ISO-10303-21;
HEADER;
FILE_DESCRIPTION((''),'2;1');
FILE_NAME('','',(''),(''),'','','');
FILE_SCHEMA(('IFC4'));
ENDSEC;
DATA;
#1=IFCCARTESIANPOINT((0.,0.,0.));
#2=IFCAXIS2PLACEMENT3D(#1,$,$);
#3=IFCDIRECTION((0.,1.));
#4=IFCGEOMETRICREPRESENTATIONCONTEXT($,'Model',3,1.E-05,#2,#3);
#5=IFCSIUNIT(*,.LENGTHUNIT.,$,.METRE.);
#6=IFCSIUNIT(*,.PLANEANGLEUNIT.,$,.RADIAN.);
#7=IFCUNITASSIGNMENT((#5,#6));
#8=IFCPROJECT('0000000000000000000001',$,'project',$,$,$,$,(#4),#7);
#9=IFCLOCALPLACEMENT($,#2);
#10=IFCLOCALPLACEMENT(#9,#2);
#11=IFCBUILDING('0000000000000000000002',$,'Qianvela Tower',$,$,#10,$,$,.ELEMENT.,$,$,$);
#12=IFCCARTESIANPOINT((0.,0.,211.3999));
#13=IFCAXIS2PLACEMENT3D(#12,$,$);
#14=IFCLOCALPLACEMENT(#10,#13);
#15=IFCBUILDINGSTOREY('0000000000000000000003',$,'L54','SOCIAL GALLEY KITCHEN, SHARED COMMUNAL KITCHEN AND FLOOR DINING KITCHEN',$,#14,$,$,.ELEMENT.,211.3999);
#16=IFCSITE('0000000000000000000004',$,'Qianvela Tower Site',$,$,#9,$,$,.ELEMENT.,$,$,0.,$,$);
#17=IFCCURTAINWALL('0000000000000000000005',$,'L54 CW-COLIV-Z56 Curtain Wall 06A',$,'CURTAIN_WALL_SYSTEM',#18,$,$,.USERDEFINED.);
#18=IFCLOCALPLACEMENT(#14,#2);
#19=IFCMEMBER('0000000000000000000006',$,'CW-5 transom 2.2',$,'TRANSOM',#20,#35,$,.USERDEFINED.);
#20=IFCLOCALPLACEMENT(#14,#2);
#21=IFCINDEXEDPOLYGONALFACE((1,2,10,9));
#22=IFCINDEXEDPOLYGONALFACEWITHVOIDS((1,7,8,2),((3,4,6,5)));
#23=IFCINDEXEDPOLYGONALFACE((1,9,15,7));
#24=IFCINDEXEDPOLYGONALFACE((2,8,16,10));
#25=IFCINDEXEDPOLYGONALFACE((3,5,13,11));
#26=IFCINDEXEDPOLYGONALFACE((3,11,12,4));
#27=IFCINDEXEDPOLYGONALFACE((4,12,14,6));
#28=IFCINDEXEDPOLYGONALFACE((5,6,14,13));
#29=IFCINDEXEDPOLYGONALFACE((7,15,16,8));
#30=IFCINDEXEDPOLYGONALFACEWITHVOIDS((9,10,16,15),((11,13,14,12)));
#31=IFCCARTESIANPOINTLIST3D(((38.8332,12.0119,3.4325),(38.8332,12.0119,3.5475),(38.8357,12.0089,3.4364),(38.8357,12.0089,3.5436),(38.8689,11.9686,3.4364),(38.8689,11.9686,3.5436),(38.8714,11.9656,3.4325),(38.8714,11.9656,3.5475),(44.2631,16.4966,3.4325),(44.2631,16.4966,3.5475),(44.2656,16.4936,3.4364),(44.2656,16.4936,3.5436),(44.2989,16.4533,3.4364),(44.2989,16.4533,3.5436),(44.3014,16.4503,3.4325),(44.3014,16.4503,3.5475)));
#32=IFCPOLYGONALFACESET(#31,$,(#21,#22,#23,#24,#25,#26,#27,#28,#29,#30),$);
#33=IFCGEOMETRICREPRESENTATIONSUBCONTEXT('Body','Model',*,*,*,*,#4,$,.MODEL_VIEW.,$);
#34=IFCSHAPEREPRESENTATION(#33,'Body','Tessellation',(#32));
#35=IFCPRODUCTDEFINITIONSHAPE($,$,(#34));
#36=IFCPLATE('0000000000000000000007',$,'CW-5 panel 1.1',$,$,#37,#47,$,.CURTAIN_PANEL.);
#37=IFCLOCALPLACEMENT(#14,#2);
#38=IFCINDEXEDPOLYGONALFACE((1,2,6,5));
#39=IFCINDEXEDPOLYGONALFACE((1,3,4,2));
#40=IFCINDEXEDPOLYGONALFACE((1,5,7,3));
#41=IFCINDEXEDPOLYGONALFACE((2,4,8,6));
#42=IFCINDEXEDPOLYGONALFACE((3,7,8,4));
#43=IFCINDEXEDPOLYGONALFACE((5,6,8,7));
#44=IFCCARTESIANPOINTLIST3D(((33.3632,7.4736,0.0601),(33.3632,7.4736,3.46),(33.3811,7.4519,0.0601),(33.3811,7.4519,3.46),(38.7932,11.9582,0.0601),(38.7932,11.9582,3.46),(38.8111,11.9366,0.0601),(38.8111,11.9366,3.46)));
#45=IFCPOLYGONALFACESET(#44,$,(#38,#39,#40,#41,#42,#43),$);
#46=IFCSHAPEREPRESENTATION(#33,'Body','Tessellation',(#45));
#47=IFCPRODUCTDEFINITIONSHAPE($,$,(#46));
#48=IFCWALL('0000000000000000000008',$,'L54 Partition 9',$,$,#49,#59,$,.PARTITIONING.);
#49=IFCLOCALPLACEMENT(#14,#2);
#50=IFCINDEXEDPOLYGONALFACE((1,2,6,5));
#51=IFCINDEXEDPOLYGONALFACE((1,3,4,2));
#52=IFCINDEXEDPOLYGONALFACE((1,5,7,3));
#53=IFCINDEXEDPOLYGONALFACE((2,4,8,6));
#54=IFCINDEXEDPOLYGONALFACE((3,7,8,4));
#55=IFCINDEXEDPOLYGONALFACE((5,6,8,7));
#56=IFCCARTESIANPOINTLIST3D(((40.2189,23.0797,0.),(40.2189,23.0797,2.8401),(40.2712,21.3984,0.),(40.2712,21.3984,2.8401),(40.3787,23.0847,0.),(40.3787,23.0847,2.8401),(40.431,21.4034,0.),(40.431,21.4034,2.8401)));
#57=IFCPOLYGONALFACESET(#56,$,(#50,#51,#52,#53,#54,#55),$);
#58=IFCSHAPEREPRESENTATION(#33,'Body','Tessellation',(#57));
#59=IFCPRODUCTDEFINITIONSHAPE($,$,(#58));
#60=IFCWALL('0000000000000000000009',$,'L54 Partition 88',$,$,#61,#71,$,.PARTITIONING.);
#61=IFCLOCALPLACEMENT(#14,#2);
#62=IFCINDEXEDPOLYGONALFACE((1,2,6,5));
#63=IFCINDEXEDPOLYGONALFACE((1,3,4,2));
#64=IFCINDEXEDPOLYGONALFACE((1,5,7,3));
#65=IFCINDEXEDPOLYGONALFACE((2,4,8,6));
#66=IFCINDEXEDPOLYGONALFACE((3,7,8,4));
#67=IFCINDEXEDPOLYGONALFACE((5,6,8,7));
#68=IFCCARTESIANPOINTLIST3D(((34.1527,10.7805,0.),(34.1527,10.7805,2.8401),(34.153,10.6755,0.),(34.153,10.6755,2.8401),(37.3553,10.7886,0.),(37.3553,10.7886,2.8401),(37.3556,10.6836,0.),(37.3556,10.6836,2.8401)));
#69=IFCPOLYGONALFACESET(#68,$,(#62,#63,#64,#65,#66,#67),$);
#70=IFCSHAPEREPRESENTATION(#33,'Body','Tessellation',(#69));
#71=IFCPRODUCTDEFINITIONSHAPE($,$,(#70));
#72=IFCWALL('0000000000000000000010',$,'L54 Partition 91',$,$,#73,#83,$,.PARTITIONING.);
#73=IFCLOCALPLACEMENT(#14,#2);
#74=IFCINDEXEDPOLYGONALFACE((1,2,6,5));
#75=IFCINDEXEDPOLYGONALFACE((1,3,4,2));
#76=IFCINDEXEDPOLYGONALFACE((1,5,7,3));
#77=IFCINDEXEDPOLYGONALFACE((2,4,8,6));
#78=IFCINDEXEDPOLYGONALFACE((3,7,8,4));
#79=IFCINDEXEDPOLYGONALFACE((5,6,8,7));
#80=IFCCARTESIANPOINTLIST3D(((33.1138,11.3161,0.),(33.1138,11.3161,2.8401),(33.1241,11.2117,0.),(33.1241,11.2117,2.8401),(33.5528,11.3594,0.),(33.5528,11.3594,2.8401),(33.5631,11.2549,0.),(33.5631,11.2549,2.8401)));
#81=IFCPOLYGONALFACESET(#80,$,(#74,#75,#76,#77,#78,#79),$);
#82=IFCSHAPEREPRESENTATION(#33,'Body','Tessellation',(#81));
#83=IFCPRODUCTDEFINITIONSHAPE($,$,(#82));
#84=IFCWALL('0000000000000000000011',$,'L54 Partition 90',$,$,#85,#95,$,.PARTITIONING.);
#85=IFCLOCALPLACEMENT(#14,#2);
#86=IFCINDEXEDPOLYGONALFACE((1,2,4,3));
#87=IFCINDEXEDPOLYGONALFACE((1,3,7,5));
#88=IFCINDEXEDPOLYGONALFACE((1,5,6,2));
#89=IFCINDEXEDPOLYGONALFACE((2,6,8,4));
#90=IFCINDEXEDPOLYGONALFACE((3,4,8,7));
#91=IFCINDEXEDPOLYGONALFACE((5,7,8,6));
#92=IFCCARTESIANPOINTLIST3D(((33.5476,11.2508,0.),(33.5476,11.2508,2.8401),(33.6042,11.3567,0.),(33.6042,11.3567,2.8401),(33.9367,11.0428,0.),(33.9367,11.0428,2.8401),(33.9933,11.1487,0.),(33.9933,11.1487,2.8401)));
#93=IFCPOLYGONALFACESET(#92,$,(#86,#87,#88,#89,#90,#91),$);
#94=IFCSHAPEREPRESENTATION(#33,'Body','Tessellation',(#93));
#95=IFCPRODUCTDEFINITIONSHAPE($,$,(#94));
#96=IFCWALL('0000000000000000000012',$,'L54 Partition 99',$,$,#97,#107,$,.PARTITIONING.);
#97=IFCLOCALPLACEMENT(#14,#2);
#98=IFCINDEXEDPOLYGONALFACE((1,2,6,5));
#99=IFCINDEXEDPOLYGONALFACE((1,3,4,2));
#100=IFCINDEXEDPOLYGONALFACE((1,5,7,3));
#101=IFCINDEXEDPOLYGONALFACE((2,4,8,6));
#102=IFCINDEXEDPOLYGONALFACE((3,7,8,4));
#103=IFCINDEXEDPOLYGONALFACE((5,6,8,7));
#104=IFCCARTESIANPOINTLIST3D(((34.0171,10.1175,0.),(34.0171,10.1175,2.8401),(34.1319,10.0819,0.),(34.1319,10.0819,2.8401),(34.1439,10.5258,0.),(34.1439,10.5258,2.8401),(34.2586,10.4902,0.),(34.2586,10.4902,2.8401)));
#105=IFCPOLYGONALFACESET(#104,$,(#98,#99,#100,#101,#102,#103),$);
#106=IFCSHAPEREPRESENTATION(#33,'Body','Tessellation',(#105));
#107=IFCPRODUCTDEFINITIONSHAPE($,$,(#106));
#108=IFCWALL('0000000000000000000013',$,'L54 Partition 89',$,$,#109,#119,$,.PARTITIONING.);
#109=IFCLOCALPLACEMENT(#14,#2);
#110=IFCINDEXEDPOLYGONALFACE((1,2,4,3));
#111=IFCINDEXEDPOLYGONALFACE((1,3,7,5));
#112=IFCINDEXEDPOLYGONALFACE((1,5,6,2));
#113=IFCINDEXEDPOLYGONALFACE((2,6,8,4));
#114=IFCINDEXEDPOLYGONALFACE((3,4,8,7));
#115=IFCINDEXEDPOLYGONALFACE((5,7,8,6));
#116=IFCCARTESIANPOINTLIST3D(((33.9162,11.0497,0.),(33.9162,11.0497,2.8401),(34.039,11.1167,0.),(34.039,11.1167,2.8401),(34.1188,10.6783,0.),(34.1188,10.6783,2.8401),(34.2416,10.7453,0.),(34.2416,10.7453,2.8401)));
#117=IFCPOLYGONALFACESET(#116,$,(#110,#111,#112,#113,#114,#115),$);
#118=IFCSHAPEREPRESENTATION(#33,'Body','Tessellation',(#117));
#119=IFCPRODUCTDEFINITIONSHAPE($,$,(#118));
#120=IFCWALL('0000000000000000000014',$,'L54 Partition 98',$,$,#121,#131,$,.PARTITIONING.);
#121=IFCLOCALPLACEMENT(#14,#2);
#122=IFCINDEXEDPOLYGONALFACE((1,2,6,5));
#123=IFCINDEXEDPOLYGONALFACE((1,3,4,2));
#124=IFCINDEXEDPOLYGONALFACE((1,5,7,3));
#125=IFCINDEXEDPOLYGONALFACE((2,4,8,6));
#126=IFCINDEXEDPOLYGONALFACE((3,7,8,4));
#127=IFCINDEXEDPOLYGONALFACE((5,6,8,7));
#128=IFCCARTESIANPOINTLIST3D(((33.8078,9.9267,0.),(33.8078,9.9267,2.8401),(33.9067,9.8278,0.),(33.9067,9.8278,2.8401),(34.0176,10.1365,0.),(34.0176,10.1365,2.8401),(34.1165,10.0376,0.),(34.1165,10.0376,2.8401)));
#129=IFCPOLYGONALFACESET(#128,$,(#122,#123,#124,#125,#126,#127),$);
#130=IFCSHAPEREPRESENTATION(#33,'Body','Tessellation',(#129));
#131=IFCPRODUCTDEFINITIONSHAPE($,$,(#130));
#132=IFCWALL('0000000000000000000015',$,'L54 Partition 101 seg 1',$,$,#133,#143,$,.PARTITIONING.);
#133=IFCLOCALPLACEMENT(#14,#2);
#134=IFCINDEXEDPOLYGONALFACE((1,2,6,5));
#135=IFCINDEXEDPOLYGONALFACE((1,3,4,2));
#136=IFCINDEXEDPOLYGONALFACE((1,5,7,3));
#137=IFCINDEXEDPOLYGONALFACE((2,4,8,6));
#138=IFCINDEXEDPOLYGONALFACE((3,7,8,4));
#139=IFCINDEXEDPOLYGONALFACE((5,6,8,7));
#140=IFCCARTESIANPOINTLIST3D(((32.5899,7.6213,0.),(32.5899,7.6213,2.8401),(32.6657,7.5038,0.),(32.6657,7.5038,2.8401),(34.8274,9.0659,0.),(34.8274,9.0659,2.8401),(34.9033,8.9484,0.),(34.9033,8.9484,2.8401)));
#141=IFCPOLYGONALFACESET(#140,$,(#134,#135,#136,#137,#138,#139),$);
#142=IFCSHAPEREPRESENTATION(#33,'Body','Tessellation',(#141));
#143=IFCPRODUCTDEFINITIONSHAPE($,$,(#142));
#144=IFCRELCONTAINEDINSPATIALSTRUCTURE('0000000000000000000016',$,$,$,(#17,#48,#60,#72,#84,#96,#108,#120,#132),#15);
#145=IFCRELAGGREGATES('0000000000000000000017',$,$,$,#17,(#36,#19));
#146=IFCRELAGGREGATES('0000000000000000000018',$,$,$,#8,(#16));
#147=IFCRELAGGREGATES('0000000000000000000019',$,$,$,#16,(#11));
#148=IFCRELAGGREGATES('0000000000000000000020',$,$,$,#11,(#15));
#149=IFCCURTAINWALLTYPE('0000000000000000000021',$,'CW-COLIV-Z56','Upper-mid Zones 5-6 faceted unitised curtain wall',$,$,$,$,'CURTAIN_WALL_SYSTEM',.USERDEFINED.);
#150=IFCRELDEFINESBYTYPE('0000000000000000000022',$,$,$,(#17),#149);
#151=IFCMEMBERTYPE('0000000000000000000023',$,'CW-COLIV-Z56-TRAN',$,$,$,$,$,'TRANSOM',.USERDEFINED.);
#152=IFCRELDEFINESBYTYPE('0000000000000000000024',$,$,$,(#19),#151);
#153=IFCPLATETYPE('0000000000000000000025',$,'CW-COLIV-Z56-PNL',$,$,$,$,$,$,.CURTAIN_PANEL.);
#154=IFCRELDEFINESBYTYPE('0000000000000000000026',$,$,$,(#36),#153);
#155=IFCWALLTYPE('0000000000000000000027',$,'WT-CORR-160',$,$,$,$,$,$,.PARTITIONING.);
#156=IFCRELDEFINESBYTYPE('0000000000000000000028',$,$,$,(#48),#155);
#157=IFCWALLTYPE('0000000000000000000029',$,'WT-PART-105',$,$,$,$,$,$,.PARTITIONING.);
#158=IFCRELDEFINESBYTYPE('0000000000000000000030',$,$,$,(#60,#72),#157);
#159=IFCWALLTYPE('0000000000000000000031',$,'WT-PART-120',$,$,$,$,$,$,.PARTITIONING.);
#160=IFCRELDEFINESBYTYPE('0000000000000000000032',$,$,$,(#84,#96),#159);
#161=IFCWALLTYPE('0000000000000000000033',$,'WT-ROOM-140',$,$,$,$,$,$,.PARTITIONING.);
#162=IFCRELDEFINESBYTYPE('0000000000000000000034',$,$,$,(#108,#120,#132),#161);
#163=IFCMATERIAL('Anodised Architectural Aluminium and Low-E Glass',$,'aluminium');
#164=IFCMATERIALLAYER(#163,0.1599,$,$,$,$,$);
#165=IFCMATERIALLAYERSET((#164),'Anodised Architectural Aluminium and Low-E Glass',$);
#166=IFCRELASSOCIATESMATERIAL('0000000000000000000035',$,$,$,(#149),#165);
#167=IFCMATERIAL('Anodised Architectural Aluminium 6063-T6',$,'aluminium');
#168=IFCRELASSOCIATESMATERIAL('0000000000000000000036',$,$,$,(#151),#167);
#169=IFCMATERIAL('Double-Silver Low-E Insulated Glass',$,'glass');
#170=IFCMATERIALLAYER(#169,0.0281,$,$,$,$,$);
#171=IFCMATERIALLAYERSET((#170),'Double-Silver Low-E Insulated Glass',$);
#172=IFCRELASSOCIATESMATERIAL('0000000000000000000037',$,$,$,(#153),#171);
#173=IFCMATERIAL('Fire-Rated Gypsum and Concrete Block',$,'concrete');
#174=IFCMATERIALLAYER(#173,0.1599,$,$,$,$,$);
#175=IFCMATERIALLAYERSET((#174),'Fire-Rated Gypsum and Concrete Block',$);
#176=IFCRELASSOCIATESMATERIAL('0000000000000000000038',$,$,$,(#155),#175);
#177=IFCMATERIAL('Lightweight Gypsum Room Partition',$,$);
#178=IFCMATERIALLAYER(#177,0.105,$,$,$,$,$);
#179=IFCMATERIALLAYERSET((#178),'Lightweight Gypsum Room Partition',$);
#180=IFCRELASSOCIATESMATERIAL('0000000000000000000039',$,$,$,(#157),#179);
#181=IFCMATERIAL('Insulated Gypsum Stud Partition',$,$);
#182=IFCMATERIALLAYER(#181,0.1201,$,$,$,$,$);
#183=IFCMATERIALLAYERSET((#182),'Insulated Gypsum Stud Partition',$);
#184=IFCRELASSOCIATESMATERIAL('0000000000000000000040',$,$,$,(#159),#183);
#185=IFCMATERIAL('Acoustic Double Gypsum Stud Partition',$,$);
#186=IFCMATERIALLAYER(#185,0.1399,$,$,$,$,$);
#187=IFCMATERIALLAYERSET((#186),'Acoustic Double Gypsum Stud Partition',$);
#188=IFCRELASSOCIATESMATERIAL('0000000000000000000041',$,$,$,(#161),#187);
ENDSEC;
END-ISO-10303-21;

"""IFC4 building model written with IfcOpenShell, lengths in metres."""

from ifc_helpers import new_model, si_unit, direction, frame, frame_2d, origin, origin_2d, place, context, subcontext, project, spatial, rectangle, hollow_rectangle, extrude, material, layer, layer_set, material_profile, profile_set, type_object, element, aggregate, save


model = new_model("IFC4")

# Units and contexts
model_context = context("Model", 3, precision=1e-05, world=origin(), true_north=direction((0.0, 1.0)))
body_context = subcontext(model_context, "Body", "Model", "MODEL_VIEW")
ifc_project = project(units=[si_unit("LENGTHUNIT", "METRE"), si_unit("PLANEANGLEUNIT", "RADIAN")], contexts=[model_context])

# Site, building, storey
site_placement = place(None, origin())
site = spatial("IfcSite", under=ifc_project, at=site_placement, Name="Qianvela Tower Site", CompositionType="ELEMENT", RefElevation=0.0)
building_placement = place(site_placement, origin())
building = spatial("IfcBuilding", under=site, at=building_placement, Name="Qianvela Tower", CompositionType="ELEMENT")
storey_placement = place(building_placement, frame((0.0, 0.0, 211.3999)))
storey = spatial("IfcBuildingStorey", under=building, at=storey_placement, Name="L54", Description="SOCIAL GALLEY KITCHEN, SHARED COMMUNAL KITCHEN AND FLOOR DINING KITCHEN", CompositionType="ELEMENT", Elevation=211.3999)

# Curtain wall, member, plate
ifc_material_1 = material(Name="Anodised Architectural Aluminium and Low-E Glass", Category="aluminium")
ifc_layer_1 = layer(ifc_material_1, 0.1599)
ifc_layer_set_1 = layer_set([ifc_layer_1], Name="Anodised Architectural Aluminium and Low-E Glass")
curtain_wall_type = type_object("IfcCurtainWallType", Name="CW-COLIV-Z56", Description="Upper-mid Zones 5-6 faceted unitised curtain wall", ElementType="CURTAIN_WALL_SYSTEM", PredefinedType="USERDEFINED", material=ifc_layer_set_1)
curtain_wall_placement = place(storey_placement, origin())
curtain_wall = element("IfcCurtainWall", 1, at=curtain_wall_placement, inside=storey, type_object=curtain_wall_type, Name="L54 CW-COLIV-Z56 Curtain Wall 06A", ObjectType="CURTAIN_WALL_SYSTEM", PredefinedType="USERDEFINED")
ifc_material_2 = material(Name="Anodised Architectural Aluminium 6063-T6", Category="aluminium")
ifc_material_profile_1 = material_profile(ifc_material_2, hollow_rectangle(XDim=0.0601, YDim=0.115, WallThickness=0.0039, at=origin_2d()), Name="ALU-TRAN-60x115")
ifc_profile_set_1 = profile_set([ifc_material_profile_1], Name="Anodised Architectural Aluminium 6063-T6")
member_type_1 = type_object("IfcMemberType", Name="CW-COLIV-Z56-TRAN", ElementType="TRANSOM", PredefinedType="USERDEFINED", material=ifc_profile_set_1)
member_1_placement = place(storey_placement, frame((38.8523, 11.9888, 3.49), z_axis=(0.77103, 0.636799, 0.0), x_axis=(-0.636799, 0.77103, 0.0)))
member_1 = element("IfcMember", 2, at=member_1_placement, type_object=member_type_1, Name="CW-5 transom 2.2", ObjectType="TRANSOM", PredefinedType="USERDEFINED", context=body_context, shape_type="SweptSolid", body=[
    extrude(hollow_rectangle(XDim=0.0601, YDim=0.115, WallThickness=0.0039, at=origin_2d()), origin(), (0.0, 0.0, 1.0), 7.0425),
])
ifc_material_3 = material(Name="Double-Silver Low-E Insulated Glass", Category="glass")
ifc_layer_2 = layer(ifc_material_3, 0.0281)
ifc_layer_set_2 = layer_set([ifc_layer_2], Name="Double-Silver Low-E Insulated Glass")
plate_type = type_object("IfcPlateType", Name="CW-COLIV-Z56-PNL", PredefinedType="CURTAIN_PANEL", material=ifc_layer_set_2)
plate_placement = place(storey_placement, frame((36.0872, 9.7051, 0.0601), z_axis=(0.0, 0.0, 1.0), x_axis=(0.771033, 0.636795, 0.0)))
plate = element("IfcPlate", 3, at=plate_placement, type_object=plate_type, Name="CW-5 panel 1.1", PredefinedType="CURTAIN_PANEL", context=body_context, shape_type="SweptSolid", body=[
    extrude(rectangle(XDim=7.0425, YDim=0.0281, at=origin_2d()), origin(), (0.0, 0.0, 1.0), 3.3999),
])
aggregate(curtain_wall, [plate, member_1])

# Walls
ifc_material_4 = material(Name="Fire-Rated Gypsum and Concrete Block", Category="concrete")
ifc_layer_3 = layer(ifc_material_4, 0.1599)
ifc_layer_set_3 = layer_set([ifc_layer_3], Name="Fire-Rated Gypsum and Concrete Block")
wall_type_1 = type_object("IfcWallType", Name="WT-CORR-160", PredefinedType="PARTITIONING", material=ifc_layer_set_3)
wall_1_placement = place(storey_placement, frame((40.3511, 21.4009, 0.0), z_axis=(0.0, 0.0, 1.0), x_axis=(-0.031058, 0.999518, 0.0)))
element("IfcWall", 4, at=wall_1_placement, inside=storey, type_object=wall_type_1, Name="L54 Partition 9", PredefinedType="PARTITIONING", context=body_context, shape_type="SweptSolid", body=[
    extrude(rectangle(XDim=1.6821, YDim=0.1599, at=frame_2d((0.8411, 0.0))), origin(), (0.0, 0.0, 1.0), 2.8401),
])
ifc_material_5 = material(Name="Lightweight Gypsum Room Partition")
ifc_layer_4 = layer(ifc_material_5, 0.105)
ifc_layer_set_4 = layer_set([ifc_layer_4], Name="Lightweight Gypsum Room Partition")
wall_type_2 = type_object("IfcWallType", Name="WT-PART-105", PredefinedType="PARTITIONING", material=ifc_layer_set_4)
wall_2_placement = place(storey_placement, frame((37.3555, 10.7361, 0.0), z_axis=(0.0, 0.0, 1.0), x_axis=(-0.999997, -0.002516, 0.0)))
element("IfcWall", 5, at=wall_2_placement, inside=storey, type_object=wall_type_2, Name="L54 Partition 88", PredefinedType="PARTITIONING", context=body_context, shape_type="SweptSolid", body=[
    extrude(rectangle(XDim=3.2026, YDim=0.105, at=frame_2d((1.6013, 0.0))), origin(), (0.0, 0.0, 1.0), 2.8401),
])
wall_3_placement = place(storey_placement, frame((33.5581, 11.3071, 0.0), z_axis=(0.0, 0.0, 1.0), x_axis=(-0.995189, -0.097969, 0.0)))
element("IfcWall", 6, at=wall_3_placement, inside=storey, type_object=wall_type_2, Name="L54 Partition 91", PredefinedType="PARTITIONING", context=body_context, shape_type="SweptSolid", body=[
    extrude(rectangle(XDim=0.4412, YDim=0.105, at=frame_2d((0.2207, 0.0))), origin(), (0.0, 0.0, 1.0), 2.8401),
])
ifc_material_6 = material(Name="Insulated Gypsum Stud Partition")
ifc_layer_5 = layer(ifc_material_6, 0.1201)
ifc_layer_set_5 = layer_set([ifc_layer_5], Name="Insulated Gypsum Stud Partition")
wall_type_3 = type_object("IfcWallType", Name="WT-PART-120", PredefinedType="PARTITIONING", material=ifc_layer_set_5)
wall_4_placement = place(storey_placement, frame((33.9651, 11.0957, 0.0), z_axis=(0.0, 0.0, 1.0), x_axis=(-0.881924, 0.471392, 0.0)))
element("IfcWall", 7, at=wall_4_placement, inside=storey, type_object=wall_type_3, Name="L54 Partition 90", PredefinedType="PARTITIONING", context=body_context, shape_type="SweptSolid", body=[
    extrude(rectangle(XDim=0.4412, YDim=0.1201, at=frame_2d((0.2207, 0.0))), origin(), (0.0, 0.0, 1.0), 2.8401),
])
wall_5_placement = place(storey_placement, frame((34.0745, 10.0996, 0.0), z_axis=(0.0, 0.0, 1.0), x_axis=(0.296453, 0.955047, 0.0)))
element("IfcWall", 8, at=wall_5_placement, inside=storey, type_object=wall_type_3, Name="L54 Partition 99", PredefinedType="PARTITIONING", context=body_context, shape_type="SweptSolid", body=[
    extrude(rectangle(XDim=0.4275, YDim=0.1201, at=frame_2d((0.2139, 0.0))), origin(), (0.0, 0.0, 1.0), 2.8401),
])
ifc_material_7 = material(Name="Acoustic Double Gypsum Stud Partition")
ifc_layer_6 = layer(ifc_material_7, 0.1399)
ifc_layer_set_6 = layer_set([ifc_layer_6], Name="Acoustic Double Gypsum Stud Partition")
wall_type_4 = type_object("IfcWallType", Name="WT-ROOM-140", PredefinedType="PARTITIONING", material=ifc_layer_set_6)
wall_6_placement = place(storey_placement, frame((34.1802, 10.7119, 0.0), z_axis=(0.0, 0.0, 1.0), x_axis=(-0.479014, 0.877807, 0.0)))
element("IfcWall", 9, at=wall_6_placement, inside=storey, type_object=wall_type_4, Name="L54 Partition 89", PredefinedType="PARTITIONING", context=body_context, shape_type="SweptSolid", body=[
    extrude(rectangle(XDim=0.4231, YDim=0.1399, at=frame_2d((0.2114, 0.0))), origin(), (0.0, 0.0, 1.0), 2.8401),
])
wall_7_placement = place(storey_placement, frame((33.8572, 9.8772, 0.0), z_axis=(0.0, 0.0, 1.0), x_axis=(0.707107, 0.707107, 0.0)))
element("IfcWall", 10, at=wall_7_placement, inside=storey, type_object=wall_type_4, Name="L54 Partition 98", PredefinedType="PARTITIONING", context=body_context, shape_type="SweptSolid", body=[
    extrude(rectangle(XDim=0.2966, YDim=0.1399, at=frame_2d((0.1484, 0.0))), origin(), (0.0, 0.0, 1.0), 2.8401),
])
wall_8_placement = place(storey_placement, frame((34.8652, 9.0071, 0.0), z_axis=(0.0, 0.0, 1.0), x_axis=(-0.840126, -0.542392, 0.0)))
element("IfcWall", 11, at=wall_8_placement, inside=storey, type_object=wall_type_4, Name="L54 Partition 101 seg 1", PredefinedType="PARTITIONING", context=body_context, shape_type="SweptSolid", body=[
    extrude(rectangle(XDim=2.6633, YDim=0.1399, at=frame_2d((1.3315, 0.0))), origin(), (0.0, 0.0, 1.0), 2.8401),
])

save(model, "model.ifc")
